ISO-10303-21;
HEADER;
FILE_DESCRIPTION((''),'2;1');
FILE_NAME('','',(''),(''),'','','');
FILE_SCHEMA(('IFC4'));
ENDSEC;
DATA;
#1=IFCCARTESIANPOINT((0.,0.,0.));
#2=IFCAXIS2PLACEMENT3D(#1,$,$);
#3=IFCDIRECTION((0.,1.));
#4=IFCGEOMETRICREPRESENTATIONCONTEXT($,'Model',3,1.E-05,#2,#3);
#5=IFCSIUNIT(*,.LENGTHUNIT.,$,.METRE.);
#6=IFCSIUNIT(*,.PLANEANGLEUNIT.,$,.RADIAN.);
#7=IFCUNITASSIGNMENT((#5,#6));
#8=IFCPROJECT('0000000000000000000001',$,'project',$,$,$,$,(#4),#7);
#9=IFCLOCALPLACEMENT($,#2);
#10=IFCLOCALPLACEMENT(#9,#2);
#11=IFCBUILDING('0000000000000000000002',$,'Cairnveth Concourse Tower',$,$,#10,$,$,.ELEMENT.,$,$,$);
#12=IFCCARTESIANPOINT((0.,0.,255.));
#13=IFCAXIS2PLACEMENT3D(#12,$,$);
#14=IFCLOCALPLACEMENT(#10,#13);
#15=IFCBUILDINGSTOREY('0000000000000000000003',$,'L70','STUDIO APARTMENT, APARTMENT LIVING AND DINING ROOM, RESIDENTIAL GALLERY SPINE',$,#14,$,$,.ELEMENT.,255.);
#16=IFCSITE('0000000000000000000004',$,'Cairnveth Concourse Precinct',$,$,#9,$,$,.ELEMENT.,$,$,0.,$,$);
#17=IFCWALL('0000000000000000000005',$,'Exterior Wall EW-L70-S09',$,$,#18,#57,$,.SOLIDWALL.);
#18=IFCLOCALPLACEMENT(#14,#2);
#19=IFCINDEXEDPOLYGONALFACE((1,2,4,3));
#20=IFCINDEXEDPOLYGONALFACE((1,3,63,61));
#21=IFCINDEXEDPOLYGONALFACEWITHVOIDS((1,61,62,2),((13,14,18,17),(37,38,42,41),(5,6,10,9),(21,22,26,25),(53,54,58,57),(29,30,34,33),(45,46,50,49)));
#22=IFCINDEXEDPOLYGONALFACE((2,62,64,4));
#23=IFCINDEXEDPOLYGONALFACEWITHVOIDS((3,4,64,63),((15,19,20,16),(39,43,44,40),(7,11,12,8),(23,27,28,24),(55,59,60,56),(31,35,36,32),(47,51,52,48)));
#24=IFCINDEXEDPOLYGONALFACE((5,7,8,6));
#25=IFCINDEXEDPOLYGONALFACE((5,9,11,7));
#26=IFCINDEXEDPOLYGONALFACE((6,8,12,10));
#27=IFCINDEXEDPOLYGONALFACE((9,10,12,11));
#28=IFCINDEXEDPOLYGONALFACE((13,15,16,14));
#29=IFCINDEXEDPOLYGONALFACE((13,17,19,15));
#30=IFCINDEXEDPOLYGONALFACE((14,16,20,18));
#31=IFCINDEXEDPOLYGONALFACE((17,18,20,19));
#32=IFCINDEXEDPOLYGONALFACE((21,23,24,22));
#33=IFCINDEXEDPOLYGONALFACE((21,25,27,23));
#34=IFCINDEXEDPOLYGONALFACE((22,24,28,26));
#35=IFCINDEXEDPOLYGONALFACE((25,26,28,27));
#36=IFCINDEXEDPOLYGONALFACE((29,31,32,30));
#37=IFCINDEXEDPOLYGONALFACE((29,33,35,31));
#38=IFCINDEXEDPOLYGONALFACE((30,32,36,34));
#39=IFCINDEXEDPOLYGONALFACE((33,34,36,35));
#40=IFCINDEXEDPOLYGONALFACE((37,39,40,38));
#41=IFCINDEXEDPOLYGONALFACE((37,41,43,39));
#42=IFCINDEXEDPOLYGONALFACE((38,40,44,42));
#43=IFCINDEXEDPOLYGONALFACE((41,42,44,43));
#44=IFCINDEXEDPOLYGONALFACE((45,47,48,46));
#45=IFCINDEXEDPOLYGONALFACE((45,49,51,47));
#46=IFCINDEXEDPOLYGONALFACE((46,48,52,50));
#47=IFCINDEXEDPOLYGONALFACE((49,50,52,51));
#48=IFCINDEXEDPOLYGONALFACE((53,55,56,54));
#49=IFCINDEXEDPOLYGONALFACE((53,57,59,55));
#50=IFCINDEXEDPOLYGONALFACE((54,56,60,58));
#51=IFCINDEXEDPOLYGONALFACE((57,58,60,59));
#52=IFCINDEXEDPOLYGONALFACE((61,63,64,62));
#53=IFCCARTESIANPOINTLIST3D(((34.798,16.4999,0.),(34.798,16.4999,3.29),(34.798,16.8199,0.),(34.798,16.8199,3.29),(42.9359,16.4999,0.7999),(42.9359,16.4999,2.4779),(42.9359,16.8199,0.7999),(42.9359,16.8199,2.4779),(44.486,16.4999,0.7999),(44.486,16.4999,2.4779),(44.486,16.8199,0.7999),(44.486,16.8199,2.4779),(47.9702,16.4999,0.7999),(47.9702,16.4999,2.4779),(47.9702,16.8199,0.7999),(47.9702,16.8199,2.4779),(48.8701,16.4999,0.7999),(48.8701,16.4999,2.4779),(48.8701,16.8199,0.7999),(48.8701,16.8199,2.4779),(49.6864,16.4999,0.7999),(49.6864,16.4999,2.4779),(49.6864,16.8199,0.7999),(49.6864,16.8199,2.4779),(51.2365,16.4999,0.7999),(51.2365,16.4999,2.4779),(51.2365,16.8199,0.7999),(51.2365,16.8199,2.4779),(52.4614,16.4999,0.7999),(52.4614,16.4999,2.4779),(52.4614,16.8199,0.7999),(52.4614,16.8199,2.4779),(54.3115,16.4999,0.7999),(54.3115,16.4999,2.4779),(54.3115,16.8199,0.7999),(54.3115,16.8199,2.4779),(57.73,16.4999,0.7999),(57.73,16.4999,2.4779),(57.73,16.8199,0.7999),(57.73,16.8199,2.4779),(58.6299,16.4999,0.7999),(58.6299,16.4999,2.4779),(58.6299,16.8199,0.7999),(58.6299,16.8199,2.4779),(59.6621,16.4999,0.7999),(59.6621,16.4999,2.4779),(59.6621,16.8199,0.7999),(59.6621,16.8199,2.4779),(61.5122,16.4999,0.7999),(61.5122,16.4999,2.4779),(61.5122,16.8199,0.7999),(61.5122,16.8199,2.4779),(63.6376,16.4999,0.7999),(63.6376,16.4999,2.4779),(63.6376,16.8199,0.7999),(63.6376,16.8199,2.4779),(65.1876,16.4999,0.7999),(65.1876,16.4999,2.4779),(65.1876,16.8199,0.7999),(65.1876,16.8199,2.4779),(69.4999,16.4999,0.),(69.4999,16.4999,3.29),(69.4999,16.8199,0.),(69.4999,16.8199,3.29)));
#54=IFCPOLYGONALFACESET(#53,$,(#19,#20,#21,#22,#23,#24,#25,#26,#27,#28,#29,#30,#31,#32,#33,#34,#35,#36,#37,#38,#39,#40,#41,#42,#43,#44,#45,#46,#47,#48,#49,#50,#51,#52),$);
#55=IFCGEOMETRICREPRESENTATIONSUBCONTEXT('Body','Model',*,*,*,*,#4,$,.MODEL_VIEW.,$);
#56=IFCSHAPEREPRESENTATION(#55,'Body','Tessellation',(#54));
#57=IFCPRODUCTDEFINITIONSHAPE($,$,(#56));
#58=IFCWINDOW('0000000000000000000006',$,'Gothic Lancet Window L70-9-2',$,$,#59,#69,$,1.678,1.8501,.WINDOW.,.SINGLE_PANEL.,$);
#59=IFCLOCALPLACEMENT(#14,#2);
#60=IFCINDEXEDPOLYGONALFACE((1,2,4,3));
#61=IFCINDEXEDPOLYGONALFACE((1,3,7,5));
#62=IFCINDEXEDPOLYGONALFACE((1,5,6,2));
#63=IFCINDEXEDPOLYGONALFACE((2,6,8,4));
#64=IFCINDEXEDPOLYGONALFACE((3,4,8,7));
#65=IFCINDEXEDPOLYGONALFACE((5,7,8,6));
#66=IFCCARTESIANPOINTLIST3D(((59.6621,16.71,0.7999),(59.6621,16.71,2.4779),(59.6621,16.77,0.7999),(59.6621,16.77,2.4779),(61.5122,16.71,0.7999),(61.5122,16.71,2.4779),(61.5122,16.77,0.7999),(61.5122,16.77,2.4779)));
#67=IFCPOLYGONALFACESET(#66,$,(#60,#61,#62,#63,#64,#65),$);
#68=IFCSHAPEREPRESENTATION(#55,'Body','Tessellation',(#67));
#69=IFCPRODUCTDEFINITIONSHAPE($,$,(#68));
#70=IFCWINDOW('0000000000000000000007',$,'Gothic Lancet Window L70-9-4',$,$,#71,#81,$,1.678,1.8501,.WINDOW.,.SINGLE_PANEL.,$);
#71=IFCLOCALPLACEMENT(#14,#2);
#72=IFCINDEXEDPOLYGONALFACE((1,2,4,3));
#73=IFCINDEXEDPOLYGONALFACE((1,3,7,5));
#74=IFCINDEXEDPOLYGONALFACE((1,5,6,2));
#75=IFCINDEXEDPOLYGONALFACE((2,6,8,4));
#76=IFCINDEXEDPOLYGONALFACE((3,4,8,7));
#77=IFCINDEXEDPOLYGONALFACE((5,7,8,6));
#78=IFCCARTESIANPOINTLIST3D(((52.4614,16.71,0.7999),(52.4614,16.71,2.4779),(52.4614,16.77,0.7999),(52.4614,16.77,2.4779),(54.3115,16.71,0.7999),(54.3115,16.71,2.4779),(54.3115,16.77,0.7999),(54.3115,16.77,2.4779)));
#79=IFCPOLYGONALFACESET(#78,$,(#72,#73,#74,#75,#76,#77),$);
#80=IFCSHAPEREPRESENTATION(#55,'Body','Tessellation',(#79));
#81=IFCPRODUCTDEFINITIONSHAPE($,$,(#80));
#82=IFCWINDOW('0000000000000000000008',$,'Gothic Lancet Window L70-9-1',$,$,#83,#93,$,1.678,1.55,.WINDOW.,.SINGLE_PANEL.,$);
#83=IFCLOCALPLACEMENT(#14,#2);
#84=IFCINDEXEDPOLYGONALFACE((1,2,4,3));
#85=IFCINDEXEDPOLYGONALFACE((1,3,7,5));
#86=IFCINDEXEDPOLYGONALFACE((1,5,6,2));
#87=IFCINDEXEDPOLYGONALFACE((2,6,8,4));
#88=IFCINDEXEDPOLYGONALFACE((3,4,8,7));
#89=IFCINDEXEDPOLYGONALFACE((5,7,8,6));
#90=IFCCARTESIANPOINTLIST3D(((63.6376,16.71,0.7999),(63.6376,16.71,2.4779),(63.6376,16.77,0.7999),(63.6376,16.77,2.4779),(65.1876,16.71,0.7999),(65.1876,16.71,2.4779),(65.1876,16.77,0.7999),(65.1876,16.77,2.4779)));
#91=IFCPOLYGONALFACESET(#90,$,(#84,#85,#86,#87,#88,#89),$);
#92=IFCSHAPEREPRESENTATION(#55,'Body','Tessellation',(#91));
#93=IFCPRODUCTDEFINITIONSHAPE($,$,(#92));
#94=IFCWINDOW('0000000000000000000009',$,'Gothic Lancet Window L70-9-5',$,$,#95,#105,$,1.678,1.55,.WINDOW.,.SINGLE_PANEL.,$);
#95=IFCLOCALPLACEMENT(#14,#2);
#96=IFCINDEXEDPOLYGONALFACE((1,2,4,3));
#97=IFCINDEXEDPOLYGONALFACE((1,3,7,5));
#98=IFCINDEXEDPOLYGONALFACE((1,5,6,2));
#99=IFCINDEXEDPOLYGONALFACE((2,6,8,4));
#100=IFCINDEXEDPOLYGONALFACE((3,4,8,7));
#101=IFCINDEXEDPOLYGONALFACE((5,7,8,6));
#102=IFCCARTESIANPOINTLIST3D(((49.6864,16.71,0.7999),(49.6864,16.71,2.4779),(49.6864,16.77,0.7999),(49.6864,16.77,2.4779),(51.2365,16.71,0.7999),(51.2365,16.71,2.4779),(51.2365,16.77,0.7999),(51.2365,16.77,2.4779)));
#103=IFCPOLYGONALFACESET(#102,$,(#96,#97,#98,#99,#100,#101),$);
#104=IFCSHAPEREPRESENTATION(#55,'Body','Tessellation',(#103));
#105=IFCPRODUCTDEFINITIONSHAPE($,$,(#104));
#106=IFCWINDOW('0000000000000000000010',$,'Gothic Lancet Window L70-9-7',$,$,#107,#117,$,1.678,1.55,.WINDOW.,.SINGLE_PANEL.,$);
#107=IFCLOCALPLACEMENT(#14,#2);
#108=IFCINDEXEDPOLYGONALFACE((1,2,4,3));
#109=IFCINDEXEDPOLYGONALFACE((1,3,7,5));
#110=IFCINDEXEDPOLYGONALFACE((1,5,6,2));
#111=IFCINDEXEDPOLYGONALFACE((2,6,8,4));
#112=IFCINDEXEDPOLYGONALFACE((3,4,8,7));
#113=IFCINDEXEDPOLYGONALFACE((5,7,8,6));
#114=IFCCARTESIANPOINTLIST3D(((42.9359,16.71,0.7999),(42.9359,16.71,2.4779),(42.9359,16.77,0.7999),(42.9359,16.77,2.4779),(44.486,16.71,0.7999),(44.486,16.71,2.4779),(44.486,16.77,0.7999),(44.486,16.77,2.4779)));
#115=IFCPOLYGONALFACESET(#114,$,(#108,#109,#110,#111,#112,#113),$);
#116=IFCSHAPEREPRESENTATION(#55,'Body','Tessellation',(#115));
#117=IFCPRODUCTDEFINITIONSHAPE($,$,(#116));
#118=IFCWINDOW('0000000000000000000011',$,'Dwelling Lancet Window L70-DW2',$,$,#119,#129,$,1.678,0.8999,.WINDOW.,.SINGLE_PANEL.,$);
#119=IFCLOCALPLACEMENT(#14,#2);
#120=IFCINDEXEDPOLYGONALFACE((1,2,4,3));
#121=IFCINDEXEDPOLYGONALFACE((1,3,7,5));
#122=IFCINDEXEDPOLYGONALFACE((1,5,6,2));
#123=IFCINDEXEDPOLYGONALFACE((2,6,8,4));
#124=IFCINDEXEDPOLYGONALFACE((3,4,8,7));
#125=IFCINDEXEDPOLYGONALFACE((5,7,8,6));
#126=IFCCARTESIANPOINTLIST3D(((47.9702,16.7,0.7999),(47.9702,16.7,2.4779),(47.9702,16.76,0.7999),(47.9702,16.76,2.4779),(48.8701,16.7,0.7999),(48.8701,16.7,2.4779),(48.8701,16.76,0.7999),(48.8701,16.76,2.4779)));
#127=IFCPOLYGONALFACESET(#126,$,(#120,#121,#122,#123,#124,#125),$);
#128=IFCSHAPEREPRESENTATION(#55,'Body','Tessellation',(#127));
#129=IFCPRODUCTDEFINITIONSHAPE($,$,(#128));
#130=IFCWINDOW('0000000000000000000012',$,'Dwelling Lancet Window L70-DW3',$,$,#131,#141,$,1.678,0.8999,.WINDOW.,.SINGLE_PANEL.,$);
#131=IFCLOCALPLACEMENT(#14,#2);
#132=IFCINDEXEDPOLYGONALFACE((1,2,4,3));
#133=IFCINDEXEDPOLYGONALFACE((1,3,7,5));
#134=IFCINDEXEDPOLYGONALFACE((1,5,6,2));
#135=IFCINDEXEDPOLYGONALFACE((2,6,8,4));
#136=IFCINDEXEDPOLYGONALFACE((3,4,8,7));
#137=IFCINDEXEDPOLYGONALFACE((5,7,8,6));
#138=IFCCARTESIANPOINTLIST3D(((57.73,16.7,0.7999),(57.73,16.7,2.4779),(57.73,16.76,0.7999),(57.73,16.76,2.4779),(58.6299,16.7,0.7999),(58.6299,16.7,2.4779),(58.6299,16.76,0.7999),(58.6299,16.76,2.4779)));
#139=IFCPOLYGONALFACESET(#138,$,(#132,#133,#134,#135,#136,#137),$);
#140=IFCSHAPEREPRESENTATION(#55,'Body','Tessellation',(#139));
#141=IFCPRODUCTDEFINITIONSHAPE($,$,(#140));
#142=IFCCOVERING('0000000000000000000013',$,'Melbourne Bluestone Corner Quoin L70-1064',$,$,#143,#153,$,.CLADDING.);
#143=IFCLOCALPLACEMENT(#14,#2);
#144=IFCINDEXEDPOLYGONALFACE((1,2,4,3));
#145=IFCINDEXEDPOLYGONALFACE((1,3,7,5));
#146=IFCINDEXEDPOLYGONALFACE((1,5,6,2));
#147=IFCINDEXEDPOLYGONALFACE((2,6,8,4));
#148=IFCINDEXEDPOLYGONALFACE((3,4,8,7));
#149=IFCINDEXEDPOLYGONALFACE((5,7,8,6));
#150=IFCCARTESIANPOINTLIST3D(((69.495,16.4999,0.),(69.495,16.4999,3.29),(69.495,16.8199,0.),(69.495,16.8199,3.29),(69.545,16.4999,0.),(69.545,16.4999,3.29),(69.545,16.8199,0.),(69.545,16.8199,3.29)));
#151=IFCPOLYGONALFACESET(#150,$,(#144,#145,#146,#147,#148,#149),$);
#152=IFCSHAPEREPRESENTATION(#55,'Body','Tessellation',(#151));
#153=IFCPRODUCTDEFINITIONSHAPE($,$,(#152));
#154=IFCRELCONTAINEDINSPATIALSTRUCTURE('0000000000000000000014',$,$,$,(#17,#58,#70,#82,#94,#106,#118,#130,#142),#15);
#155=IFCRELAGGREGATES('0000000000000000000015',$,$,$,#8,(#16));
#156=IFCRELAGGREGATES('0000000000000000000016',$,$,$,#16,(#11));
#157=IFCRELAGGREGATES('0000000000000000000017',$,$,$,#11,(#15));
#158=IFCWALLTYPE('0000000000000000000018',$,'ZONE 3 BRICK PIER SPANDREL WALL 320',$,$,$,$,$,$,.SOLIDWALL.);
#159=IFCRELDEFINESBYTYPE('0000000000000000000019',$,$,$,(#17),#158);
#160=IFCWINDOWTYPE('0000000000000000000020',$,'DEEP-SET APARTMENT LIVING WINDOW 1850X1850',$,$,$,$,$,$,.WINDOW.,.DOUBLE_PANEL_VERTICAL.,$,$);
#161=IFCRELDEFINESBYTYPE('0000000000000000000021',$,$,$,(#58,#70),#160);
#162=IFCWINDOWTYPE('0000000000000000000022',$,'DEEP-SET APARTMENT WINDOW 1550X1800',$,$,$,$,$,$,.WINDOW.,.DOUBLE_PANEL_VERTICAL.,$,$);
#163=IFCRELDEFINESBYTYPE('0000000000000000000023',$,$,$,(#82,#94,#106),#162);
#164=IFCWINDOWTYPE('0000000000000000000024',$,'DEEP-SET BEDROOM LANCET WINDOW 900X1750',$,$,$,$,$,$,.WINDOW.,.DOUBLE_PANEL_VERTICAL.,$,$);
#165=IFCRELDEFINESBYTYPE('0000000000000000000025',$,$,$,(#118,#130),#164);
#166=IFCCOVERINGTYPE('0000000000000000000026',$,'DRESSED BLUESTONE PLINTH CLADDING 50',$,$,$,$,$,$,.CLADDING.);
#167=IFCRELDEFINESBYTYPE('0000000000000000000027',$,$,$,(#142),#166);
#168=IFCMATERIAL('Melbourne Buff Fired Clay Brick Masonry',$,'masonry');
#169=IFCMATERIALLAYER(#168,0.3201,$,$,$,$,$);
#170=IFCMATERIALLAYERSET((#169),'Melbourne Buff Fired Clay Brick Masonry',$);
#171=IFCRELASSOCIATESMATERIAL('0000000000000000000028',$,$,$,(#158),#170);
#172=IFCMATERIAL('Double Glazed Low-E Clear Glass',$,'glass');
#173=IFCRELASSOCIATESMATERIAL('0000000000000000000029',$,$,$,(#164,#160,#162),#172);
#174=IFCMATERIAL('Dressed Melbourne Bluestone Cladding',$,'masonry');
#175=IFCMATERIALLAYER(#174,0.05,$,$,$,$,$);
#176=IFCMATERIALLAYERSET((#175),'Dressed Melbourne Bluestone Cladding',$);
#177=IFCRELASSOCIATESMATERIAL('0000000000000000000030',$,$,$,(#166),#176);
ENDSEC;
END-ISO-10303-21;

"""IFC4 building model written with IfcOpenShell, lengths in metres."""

from ifc_helpers import new_model, si_unit, direction, frame, frame_2d, origin, place, context, subcontext, project, spatial, rectangle, extrude, material, layer, layer_set, type_object, element, fill, save


model = new_model("IFC4")

# Units and contexts
model_context = context("Model", 3, precision=1e-05, world=origin(), true_north=direction((0.0, 1.0)))
body_context = subcontext(model_context, "Body", "Model", "MODEL_VIEW")
ifc_project = project(units=[si_unit("LENGTHUNIT", "METRE"), si_unit("PLANEANGLEUNIT", "RADIAN")], contexts=[model_context])

# Site, building, storey
site_placement = place(None, origin())
site = spatial("IfcSite", under=ifc_project, at=site_placement, Name="Cairnveth Concourse Precinct", CompositionType="ELEMENT", RefElevation=0.0)
building_placement = place(site_placement, origin())
building = spatial("IfcBuilding", under=site, at=building_placement, Name="Cairnveth Concourse Tower", CompositionType="ELEMENT")
storey_placement = place(building_placement, frame((0.0, 0.0, 255.0)))
storey = spatial("IfcBuildingStorey", under=building, at=storey_placement, Name="L70", Description="STUDIO APARTMENT, APARTMENT LIVING AND DINING ROOM, RESIDENTIAL GALLERY SPINE", CompositionType="ELEMENT", Elevation=255.0)

# Shared definitions
ifc_material_1 = material(Name="Melbourne Buff Fired Clay Brick Masonry", Category="masonry")
ifc_layer_1 = layer(ifc_material_1, 0.3201)
ifc_layer_set_1 = layer_set([ifc_layer_1], Name="Melbourne Buff Fired Clay Brick Masonry")
wall_type_1 = type_object("IfcWallType", Name="ZONE 3 BRICK PIER SPANDREL WALL 320", PredefinedType="SOLIDWALL", material=ifc_layer_set_1)
ifc_material_2 = material(Name="Double Glazed Low-E Clear Glass", Category="glass")
window_type_1 = type_object("IfcWindowType", Name="DEEP-SET BEDROOM LANCET WINDOW 900X1750", PartitioningType="DOUBLE_PANEL_VERTICAL", PredefinedType="WINDOW", material=ifc_material_2)

# Wall, openings, windows
wall_1_placement = place(storey_placement, frame((69.5, 16.6599, 0.0), z_axis=(0.0, 0.0, 1.0), x_axis=(-1.0, 0.0, 0.0)))
wall_1 = element("IfcWall", 1, at=wall_1_placement, inside=storey, type_object=wall_type_1, Name="Exterior Wall EW-L70-S09", PredefinedType="SOLIDWALL", context=body_context, shape_type="SweptSolid", body=[
    extrude(rectangle(XDim=34.7019, YDim=0.3201, at=frame_2d((17.3511, 0.0))), origin(), (0.0, 0.0, 1.0), 3.29),
])
opening_1_placement = place(wall_1_placement, frame((4.3125, 0.0, 0.8)))
opening_1 = element("IfcOpeningElement", 2, at=opening_1_placement, cuts=wall_1, PredefinedType="OPENING", context=body_context, shape_type="SweptSolid", body=[
    extrude(rectangle(XDim=1.55, YDim=1.678, at=frame_2d((0.7749, 0.8389))), frame((0.0, 0.1699, 0.0), z_axis=(0.0, -1.0, 0.0), x_axis=(1.0, 0.0, 0.0)), (0.0, 0.0, 1.0), 0.3401),
])
opening_2_placement = place(wall_1_placement, frame((7.9878, 0.0, 0.8)))
opening_2 = element("IfcOpeningElement", 3, at=opening_2_placement, cuts=wall_1, PredefinedType="OPENING", context=body_context, shape_type="SweptSolid", body=[
    extrude(rectangle(XDim=1.8501, YDim=1.678, at=frame_2d((0.925, 0.8389))), frame((0.0, 0.1699, 0.0), z_axis=(0.0, -1.0, 0.0), x_axis=(1.0, 0.0, 0.0)), (0.0, 0.0, 1.0), 0.3401),
])
opening_3_placement = place(wall_1_placement, frame((15.1885, 0.0, 0.8)))
opening_3 = element("IfcOpeningElement", 4, at=opening_3_placement, cuts=wall_1, PredefinedType="OPENING", context=body_context, shape_type="SweptSolid", body=[
    extrude(rectangle(XDim=1.8501, YDim=1.678, at=frame_2d((0.925, 0.8389))), frame((0.0, 0.1699, 0.0), z_axis=(0.0, -1.0, 0.0), x_axis=(1.0, 0.0, 0.0)), (0.0, 0.0, 1.0), 0.3401),
])
opening_4_placement = place(wall_1_placement, frame((18.2637, 0.0, 0.8)))
opening_4 = element("IfcOpeningElement", 5, at=opening_4_placement, cuts=wall_1, PredefinedType="OPENING", context=body_context, shape_type="SweptSolid", body=[
    extrude(rectangle(XDim=1.55, YDim=1.678, at=frame_2d((0.7749, 0.8389))), frame((0.0, 0.1699, 0.0), z_axis=(0.0, -1.0, 0.0), x_axis=(1.0, 0.0, 0.0)), (0.0, 0.0, 1.0), 0.3401),
])
opening_5_placement = place(wall_1_placement, frame((25.0142, 0.0, 0.8)))
opening_5 = element("IfcOpeningElement", 6, at=opening_5_placement, cuts=wall_1, PredefinedType="OPENING", context=body_context, shape_type="SweptSolid", body=[
    extrude(rectangle(XDim=1.55, YDim=1.678, at=frame_2d((0.7749, 0.8389))), frame((0.0, 0.1699, 0.0), z_axis=(0.0, -1.0, 0.0), x_axis=(1.0, 0.0, 0.0)), (0.0, 0.0, 1.0), 0.3401),
])
opening_6_placement = place(wall_1_placement, frame((20.6299, 0.0, 0.8)))
opening_6 = element("IfcOpeningElement", 7, at=opening_6_placement, cuts=wall_1, PredefinedType="OPENING", context=body_context, shape_type="SweptSolid", body=[
    extrude(rectangle(XDim=0.8999, YDim=1.678, at=frame_2d((0.45, 0.8389))), frame((0.0, 0.1699, 0.0), z_axis=(0.0, -1.0, 0.0), x_axis=(1.0, 0.0, 0.0)), (0.0, 0.0, 1.0), 0.3401),
])
opening_7_placement = place(wall_1_placement, frame((10.8701, 0.0, 0.8)))
opening_7 = element("IfcOpeningElement", 8, at=opening_7_placement, cuts=wall_1, PredefinedType="OPENING", context=body_context, shape_type="SweptSolid", body=[
    extrude(rectangle(XDim=0.8999, YDim=1.678, at=frame_2d((0.45, 0.8389))), frame((0.0, 0.1699, 0.0), z_axis=(0.0, -1.0, 0.0), x_axis=(1.0, 0.0, 0.0)), (0.0, 0.0, 1.0), 0.3401),
])
window_type_2 = type_object("IfcWindowType", Name="DEEP-SET APARTMENT LIVING WINDOW 1850X1850", PartitioningType="DOUBLE_PANEL_VERTICAL", PredefinedType="WINDOW", material=ifc_material_2)
window_1_placement = place(opening_2_placement, origin())
window_1 = element("IfcWindow", 9, at=window_1_placement, inside=storey, type_object=window_type_2, Name="Gothic Lancet Window L70-9-2", OverallHeight=1.678, OverallWidth=1.8501, PartitioningType="SINGLE_PANEL", PredefinedType="WINDOW", context=body_context, shape_type="SweptSolid", body=[
    extrude(rectangle(XDim=1.8501, YDim=1.678, at=frame_2d((0.925, 0.8389))), frame((0.0, -0.05, 0.0), z_axis=(0.0, -1.0, 0.0), x_axis=(1.0, 0.0, 0.0)), (0.0, 0.0, 1.0), 0.0601),
])
fill(opening_2, window_1)
window_2_placement = place(opening_3_placement, origin())
window_2 = element("IfcWindow", 10, at=window_2_placement, inside=storey, type_object=window_type_2, Name="Gothic Lancet Window L70-9-4", OverallHeight=1.678, OverallWidth=1.8501, PartitioningType="SINGLE_PANEL", PredefinedType="WINDOW", context=body_context, shape_type="SweptSolid", body=[
    extrude(rectangle(XDim=1.8501, YDim=1.678, at=frame_2d((0.925, 0.8389))), frame((0.0, -0.05, 0.0), z_axis=(0.0, -1.0, 0.0), x_axis=(1.0, 0.0, 0.0)), (0.0, 0.0, 1.0), 0.0601),
])
fill(opening_3, window_2)
window_type_3 = type_object("IfcWindowType", Name="DEEP-SET APARTMENT WINDOW 1550X1800", PartitioningType="DOUBLE_PANEL_VERTICAL", PredefinedType="WINDOW", material=ifc_material_2)
window_3_placement = place(opening_1_placement, origin())
window_3 = element("IfcWindow", 11, at=window_3_placement, inside=storey, type_object=window_type_3, Name="Gothic Lancet Window L70-9-1", OverallHeight=1.678, OverallWidth=1.55, PartitioningType="SINGLE_PANEL", PredefinedType="WINDOW", context=body_context, shape_type="SweptSolid", body=[
    extrude(rectangle(XDim=1.55, YDim=1.678, at=frame_2d((0.7749, 0.8389))), frame((0.0, -0.05, 0.0), z_axis=(0.0, -1.0, 0.0), x_axis=(1.0, 0.0, 0.0)), (0.0, 0.0, 1.0), 0.0601),
])
fill(opening_1, window_3)
window_4_placement = place(opening_4_placement, origin())
window_4 = element("IfcWindow", 12, at=window_4_placement, inside=storey, type_object=window_type_3, Name="Gothic Lancet Window L70-9-5", OverallHeight=1.678, OverallWidth=1.55, PartitioningType="SINGLE_PANEL", PredefinedType="WINDOW", context=body_context, shape_type="SweptSolid", body=[
    extrude(rectangle(XDim=1.55, YDim=1.678, at=frame_2d((0.7749, 0.8389))), frame((0.0, -0.05, 0.0), z_axis=(0.0, -1.0, 0.0), x_axis=(1.0, 0.0, 0.0)), (0.0, 0.0, 1.0), 0.0601),
])
fill(opening_4, window_4)
window_5_placement = place(opening_5_placement, origin())
window_5 = element("IfcWindow", 13, at=window_5_placement, inside=storey, type_object=window_type_3, Name="Gothic Lancet Window L70-9-7", OverallHeight=1.678, OverallWidth=1.55, PartitioningType="SINGLE_PANEL", PredefinedType="WINDOW", context=body_context, shape_type="SweptSolid", body=[
    extrude(rectangle(XDim=1.55, YDim=1.678, at=frame_2d((0.7749, 0.8389))), frame((0.0, -0.05, 0.0), z_axis=(0.0, -1.0, 0.0), x_axis=(1.0, 0.0, 0.0)), (0.0, 0.0, 1.0), 0.0601),
])
fill(opening_5, window_5)
window_6_placement = place(opening_6_placement, origin())
window_6 = element("IfcWindow", 14, at=window_6_placement, inside=storey, type_object=window_type_1, Name="Dwelling Lancet Window L70-DW2", OverallHeight=1.678, OverallWidth=0.8999, PartitioningType="SINGLE_PANEL", PredefinedType="WINDOW", context=body_context, shape_type="SweptSolid", body=[
    extrude(rectangle(XDim=0.8999, YDim=1.678, at=frame_2d((0.45, 0.8389))), frame((0.0, -0.04, 0.0), z_axis=(0.0, -1.0, 0.0), x_axis=(1.0, 0.0, 0.0)), (0.0, 0.0, 1.0), 0.0601),
])
fill(opening_6, window_6)
window_7_placement = place(opening_7_placement, origin())
window_7 = element("IfcWindow", 15, at=window_7_placement, inside=storey, type_object=window_type_1, Name="Dwelling Lancet Window L70-DW3", OverallHeight=1.678, OverallWidth=0.8999, PartitioningType="SINGLE_PANEL", PredefinedType="WINDOW", context=body_context, shape_type="SweptSolid", body=[
    extrude(rectangle(XDim=0.8999, YDim=1.678, at=frame_2d((0.45, 0.8389))), frame((0.0, -0.04, 0.0), z_axis=(0.0, -1.0, 0.0), x_axis=(1.0, 0.0, 0.0)), (0.0, 0.0, 1.0), 0.0601),
])
fill(opening_7, window_7)

# Covering
ifc_material_3 = material(Name="Dressed Melbourne Bluestone Cladding", Category="masonry")
ifc_layer_2 = layer(ifc_material_3, 0.05)
ifc_layer_set_2 = layer_set([ifc_layer_2], Name="Dressed Melbourne Bluestone Cladding")
covering_type = type_object("IfcCoveringType", Name="DRESSED BLUESTONE PLINTH CLADDING 50", PredefinedType="CLADDING", material=ifc_layer_set_2)
covering_placement = place(storey_placement, frame((69.52, 16.8201, 0.0), z_axis=(0.0, 0.0, 1.0), x_axis=(0.0, -1.0, 0.0)))
element("IfcCovering", 16, at=covering_placement, inside=storey, type_object=covering_type, Name="Melbourne Bluestone Corner Quoin L70-1064", PredefinedType="CLADDING", context=body_context, shape_type="SweptSolid", body=[
    extrude(rectangle(XDim=0.3201, YDim=0.05, at=frame_2d((0.1602, 0.0))), origin(), (0.0, 0.0, 1.0), 3.29),
])

save(model, "model.ifc")
